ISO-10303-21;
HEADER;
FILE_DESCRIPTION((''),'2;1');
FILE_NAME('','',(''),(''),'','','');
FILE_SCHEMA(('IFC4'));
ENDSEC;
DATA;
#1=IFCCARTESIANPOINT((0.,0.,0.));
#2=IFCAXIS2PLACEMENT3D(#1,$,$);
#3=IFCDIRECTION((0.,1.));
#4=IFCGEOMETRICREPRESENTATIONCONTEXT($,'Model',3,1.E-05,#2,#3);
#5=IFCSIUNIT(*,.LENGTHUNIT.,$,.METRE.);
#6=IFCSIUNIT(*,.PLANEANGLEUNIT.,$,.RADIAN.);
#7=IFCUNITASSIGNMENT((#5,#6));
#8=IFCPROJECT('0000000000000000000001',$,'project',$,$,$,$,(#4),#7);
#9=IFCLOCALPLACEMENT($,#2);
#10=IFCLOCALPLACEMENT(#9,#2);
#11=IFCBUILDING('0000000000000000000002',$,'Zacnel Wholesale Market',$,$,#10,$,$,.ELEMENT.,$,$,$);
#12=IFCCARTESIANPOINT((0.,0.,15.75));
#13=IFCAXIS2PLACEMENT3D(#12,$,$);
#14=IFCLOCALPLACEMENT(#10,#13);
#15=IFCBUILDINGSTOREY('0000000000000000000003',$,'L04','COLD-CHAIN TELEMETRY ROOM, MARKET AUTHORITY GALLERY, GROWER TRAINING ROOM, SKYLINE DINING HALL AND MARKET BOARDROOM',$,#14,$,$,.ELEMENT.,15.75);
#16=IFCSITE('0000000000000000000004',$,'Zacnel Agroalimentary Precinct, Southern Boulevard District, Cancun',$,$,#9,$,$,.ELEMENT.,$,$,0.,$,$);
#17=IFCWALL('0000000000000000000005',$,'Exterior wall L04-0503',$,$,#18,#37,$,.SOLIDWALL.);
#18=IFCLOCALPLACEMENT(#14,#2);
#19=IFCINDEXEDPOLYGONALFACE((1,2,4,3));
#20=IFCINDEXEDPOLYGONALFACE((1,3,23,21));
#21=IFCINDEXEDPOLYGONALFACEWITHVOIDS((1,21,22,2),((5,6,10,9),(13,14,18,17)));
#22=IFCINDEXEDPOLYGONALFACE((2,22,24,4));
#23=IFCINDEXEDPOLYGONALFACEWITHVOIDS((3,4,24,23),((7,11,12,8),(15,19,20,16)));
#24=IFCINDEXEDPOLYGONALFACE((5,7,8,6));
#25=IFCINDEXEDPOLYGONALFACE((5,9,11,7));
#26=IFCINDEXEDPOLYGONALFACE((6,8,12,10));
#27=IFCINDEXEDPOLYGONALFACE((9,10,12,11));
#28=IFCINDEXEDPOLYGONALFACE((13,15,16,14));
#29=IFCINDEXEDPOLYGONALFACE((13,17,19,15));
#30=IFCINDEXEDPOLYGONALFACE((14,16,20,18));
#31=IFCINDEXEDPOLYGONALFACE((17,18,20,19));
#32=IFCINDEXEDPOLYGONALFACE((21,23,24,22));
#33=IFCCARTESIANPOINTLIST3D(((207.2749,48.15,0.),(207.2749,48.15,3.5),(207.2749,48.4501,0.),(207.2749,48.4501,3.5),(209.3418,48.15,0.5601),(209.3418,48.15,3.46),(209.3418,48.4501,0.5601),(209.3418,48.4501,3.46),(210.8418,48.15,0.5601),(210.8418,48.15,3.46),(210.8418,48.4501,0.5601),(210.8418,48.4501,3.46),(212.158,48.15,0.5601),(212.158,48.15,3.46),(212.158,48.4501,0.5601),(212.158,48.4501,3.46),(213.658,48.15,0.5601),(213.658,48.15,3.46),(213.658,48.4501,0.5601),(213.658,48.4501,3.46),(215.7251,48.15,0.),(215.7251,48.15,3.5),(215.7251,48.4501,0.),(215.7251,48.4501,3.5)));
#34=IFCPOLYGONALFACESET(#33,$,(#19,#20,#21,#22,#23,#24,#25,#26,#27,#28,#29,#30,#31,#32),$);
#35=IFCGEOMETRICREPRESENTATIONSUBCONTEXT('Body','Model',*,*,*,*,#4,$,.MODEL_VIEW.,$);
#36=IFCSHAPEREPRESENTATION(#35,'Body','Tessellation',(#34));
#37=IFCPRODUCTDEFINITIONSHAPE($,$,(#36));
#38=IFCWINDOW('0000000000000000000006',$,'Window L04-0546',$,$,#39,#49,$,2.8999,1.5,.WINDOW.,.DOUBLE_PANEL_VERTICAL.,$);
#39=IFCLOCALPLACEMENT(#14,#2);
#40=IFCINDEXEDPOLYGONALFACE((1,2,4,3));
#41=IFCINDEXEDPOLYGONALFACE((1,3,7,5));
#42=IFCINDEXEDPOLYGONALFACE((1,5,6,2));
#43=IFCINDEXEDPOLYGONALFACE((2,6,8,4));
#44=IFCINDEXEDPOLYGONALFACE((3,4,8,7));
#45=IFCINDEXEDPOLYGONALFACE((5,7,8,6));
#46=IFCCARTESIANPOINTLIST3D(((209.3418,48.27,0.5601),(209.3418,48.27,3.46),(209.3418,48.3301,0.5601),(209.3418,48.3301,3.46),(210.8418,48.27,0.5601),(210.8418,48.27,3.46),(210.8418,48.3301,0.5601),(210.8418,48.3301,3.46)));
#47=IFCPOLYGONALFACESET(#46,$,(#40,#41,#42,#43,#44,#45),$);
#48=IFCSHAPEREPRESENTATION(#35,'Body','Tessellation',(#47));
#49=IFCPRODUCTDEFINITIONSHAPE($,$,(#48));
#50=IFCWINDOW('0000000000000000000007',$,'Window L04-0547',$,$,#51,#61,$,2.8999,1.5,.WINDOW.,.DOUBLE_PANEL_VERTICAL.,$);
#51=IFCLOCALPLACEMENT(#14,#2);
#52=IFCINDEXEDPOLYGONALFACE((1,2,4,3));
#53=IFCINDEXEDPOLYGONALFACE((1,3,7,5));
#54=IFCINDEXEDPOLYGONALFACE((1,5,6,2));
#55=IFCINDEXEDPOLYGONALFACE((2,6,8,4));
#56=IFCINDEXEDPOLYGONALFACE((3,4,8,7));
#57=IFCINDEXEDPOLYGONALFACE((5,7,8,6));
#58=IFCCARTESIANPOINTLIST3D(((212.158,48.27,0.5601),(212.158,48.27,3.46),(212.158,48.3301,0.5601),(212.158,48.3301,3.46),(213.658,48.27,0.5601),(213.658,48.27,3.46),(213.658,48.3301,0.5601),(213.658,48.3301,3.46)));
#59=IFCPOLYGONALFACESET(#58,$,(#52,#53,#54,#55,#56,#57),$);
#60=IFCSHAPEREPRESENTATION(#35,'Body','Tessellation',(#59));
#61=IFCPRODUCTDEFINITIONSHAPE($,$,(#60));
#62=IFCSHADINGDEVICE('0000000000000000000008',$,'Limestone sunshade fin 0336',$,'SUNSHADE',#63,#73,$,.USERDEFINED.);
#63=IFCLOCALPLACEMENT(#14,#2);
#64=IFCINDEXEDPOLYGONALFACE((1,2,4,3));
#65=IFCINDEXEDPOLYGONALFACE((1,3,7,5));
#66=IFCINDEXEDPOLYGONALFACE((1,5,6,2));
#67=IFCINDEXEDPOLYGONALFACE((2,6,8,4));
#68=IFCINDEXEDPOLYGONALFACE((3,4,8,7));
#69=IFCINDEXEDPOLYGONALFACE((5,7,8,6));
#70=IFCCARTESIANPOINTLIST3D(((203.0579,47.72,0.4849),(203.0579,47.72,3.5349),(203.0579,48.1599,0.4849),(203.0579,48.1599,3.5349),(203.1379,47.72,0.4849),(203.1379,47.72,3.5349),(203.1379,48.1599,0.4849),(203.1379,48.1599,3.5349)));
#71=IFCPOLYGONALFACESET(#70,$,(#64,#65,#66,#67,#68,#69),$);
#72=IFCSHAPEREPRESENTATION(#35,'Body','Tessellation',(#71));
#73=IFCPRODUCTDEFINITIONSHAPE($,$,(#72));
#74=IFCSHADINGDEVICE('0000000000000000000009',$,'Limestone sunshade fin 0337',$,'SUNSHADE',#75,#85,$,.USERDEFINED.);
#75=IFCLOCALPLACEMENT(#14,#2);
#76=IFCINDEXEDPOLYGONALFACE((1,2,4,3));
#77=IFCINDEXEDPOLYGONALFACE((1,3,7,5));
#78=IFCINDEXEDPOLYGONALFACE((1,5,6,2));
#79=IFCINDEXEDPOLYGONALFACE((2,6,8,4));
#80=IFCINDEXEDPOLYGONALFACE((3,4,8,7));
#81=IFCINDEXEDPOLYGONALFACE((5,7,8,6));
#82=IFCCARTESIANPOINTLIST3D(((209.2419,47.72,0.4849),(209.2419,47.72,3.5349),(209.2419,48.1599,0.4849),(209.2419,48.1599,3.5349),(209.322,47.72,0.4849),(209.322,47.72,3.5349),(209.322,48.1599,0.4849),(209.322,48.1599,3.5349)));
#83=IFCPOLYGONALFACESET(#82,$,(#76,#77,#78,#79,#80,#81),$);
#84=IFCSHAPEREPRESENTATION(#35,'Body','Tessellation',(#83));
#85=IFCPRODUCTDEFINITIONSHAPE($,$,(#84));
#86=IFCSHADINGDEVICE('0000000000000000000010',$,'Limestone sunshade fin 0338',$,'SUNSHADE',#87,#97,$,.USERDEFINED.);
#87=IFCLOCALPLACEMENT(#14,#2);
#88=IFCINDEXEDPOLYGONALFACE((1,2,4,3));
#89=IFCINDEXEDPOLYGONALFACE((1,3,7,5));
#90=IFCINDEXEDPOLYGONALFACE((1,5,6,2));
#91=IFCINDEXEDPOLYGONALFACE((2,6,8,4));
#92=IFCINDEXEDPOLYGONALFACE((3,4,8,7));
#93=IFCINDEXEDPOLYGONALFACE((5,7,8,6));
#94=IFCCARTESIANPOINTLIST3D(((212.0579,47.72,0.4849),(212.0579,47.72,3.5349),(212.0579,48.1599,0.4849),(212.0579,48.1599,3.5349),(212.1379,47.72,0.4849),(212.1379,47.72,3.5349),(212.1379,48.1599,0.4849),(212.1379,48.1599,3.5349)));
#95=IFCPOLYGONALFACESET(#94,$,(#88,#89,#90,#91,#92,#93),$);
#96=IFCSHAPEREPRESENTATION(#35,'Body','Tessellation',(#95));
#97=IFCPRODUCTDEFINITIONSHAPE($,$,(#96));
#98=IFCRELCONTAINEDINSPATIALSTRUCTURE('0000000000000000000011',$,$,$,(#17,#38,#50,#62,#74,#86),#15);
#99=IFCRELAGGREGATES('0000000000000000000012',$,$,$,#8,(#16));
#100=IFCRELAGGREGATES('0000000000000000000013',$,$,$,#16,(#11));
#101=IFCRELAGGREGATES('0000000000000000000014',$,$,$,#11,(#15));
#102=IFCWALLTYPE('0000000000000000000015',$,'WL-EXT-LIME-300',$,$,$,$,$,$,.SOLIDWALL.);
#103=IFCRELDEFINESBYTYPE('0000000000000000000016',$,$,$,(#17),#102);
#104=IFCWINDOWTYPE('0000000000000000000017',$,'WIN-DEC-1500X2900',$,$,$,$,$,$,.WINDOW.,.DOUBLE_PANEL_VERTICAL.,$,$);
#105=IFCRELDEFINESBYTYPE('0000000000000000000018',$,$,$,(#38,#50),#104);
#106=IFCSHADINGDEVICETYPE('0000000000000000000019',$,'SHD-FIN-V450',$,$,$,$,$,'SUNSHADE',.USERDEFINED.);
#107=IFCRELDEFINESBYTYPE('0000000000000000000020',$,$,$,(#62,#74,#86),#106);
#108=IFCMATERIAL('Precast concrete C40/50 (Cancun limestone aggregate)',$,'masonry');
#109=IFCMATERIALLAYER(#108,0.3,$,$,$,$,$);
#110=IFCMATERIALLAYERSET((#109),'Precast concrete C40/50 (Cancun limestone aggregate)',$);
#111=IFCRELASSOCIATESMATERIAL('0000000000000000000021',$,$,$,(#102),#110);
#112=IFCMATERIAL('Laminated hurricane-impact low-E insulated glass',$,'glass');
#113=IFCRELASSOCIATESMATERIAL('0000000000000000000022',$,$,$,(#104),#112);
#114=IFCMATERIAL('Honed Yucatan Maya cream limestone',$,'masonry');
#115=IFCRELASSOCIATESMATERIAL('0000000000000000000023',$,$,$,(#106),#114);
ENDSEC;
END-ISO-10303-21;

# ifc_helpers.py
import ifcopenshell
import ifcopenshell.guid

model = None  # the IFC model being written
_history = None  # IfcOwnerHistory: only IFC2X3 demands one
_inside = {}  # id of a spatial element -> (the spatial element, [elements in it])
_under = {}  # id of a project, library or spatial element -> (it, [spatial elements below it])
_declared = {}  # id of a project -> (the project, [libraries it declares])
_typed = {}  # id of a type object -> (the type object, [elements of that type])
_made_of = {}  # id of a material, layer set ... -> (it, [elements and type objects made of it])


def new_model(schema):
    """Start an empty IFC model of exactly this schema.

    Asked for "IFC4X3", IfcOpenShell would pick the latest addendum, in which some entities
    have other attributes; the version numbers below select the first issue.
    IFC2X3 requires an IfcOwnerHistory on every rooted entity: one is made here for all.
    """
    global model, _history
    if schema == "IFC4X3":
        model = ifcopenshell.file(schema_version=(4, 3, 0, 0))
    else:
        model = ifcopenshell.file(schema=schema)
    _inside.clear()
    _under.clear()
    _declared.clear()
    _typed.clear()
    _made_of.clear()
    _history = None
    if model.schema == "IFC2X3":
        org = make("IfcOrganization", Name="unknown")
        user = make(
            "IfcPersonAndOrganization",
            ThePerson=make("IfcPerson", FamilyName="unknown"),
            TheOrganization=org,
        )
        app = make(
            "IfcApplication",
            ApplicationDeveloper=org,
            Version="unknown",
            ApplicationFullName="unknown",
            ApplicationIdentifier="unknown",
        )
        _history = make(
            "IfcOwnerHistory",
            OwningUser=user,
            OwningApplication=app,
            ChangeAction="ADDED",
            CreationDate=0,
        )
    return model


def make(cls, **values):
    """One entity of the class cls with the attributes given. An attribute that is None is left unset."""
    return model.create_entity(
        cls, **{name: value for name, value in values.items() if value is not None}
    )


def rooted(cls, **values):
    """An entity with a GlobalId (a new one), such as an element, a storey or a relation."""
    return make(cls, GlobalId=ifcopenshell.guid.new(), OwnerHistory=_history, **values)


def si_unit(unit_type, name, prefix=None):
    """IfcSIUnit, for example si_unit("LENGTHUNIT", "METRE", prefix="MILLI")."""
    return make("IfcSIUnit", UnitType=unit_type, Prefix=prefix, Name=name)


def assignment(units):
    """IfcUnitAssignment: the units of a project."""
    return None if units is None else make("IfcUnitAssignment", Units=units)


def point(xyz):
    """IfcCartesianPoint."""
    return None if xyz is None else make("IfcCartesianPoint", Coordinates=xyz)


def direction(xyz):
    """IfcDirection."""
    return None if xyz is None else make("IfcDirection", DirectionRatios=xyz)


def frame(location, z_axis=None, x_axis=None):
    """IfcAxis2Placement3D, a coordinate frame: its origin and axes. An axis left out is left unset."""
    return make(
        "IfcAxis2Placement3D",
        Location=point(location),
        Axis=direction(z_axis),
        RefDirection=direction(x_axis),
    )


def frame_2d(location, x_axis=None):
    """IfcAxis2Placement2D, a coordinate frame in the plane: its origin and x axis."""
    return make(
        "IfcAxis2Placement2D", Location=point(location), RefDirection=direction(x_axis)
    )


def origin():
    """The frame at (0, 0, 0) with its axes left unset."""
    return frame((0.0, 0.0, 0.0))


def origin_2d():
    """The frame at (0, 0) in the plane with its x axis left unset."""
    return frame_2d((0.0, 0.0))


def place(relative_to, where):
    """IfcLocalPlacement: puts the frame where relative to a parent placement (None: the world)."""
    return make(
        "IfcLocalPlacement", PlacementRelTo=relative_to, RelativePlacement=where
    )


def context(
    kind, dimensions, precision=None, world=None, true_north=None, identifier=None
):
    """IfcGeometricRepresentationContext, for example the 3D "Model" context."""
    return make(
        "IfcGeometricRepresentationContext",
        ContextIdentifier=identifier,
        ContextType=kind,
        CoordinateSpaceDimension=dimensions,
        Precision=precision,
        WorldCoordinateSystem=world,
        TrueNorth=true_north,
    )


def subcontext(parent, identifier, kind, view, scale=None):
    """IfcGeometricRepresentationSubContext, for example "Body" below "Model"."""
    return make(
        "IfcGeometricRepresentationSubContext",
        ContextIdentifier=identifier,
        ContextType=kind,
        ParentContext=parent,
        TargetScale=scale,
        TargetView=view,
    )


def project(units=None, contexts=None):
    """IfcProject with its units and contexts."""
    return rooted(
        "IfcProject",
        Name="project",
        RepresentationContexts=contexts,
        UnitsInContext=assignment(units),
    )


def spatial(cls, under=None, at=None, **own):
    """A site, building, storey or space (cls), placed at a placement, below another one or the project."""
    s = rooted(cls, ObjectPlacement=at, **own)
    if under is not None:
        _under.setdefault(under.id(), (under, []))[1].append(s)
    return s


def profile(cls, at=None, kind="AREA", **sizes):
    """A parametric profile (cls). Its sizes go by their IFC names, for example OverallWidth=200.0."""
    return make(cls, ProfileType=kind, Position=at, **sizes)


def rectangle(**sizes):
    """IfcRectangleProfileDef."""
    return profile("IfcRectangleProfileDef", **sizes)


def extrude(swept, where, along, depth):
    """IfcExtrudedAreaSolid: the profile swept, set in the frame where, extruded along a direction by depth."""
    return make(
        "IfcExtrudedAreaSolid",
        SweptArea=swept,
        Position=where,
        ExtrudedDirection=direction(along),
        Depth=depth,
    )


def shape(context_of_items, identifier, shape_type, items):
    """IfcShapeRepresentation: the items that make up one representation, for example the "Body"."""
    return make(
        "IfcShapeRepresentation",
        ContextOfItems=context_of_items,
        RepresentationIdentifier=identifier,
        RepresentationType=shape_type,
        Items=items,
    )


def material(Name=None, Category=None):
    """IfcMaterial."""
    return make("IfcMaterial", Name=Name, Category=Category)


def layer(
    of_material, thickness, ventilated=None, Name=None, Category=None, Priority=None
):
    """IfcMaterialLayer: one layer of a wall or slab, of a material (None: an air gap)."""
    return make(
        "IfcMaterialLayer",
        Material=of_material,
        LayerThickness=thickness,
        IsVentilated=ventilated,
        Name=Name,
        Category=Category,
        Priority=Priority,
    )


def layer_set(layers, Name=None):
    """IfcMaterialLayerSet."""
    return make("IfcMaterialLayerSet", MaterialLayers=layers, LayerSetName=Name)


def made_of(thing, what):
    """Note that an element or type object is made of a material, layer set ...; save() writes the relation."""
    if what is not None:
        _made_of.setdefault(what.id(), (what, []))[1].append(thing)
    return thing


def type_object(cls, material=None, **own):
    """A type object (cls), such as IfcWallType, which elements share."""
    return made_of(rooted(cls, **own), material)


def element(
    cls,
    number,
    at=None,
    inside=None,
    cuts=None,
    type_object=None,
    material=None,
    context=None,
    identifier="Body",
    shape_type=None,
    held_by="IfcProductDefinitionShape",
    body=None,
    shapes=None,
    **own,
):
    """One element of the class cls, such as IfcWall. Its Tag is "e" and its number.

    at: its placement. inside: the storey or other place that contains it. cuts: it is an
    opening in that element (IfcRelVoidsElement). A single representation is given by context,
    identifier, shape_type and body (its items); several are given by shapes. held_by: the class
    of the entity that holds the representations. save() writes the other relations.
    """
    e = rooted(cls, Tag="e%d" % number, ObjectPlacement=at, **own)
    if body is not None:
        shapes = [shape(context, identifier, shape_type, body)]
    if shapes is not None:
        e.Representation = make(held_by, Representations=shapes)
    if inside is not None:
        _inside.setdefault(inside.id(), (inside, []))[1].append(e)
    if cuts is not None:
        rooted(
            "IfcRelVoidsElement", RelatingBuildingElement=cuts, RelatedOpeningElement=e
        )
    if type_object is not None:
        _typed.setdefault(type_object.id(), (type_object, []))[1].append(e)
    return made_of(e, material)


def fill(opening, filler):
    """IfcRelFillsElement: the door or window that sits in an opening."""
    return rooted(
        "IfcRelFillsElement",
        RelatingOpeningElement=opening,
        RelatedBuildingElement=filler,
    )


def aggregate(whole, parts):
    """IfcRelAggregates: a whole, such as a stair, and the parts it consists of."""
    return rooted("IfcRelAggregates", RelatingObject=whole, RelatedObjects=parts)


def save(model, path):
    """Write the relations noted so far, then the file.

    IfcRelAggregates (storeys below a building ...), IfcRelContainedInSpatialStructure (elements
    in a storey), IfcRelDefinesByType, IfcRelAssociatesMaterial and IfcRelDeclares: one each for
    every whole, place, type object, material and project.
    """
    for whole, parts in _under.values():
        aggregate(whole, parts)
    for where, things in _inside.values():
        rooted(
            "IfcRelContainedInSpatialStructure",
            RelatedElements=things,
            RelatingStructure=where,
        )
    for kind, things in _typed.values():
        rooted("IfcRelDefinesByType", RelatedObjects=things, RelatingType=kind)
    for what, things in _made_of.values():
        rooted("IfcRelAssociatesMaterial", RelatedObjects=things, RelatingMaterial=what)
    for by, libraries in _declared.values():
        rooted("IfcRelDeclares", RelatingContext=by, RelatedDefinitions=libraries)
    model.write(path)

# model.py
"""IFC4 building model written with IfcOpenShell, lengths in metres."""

from ifc_helpers import new_model, si_unit, direction, frame, frame_2d, origin, origin_2d, place, context, subcontext, project, spatial, rectangle, extrude, material, layer, layer_set, type_object, element, fill, save


model = new_model("IFC4")

# Units and contexts
model_context = context("Model", 3, precision=1e-05, world=origin(), true_north=direction((0.0, 1.0)))
body_context = subcontext(model_context, "Body", "Model", "MODEL_VIEW")
ifc_project = project(units=[si_unit("LENGTHUNIT", "METRE"), si_unit("PLANEANGLEUNIT", "RADIAN")], contexts=[model_context])

# Site, building, storey
site_placement = place(None, origin())
site = spatial("IfcSite", under=ifc_project, at=site_placement, Name="Zacnel Agroalimentary Precinct, Southern Boulevard District, Cancun", CompositionType="ELEMENT", RefElevation=0.0)
building_placement = place(site_placement, origin())
building = spatial("IfcBuilding", under=site, at=building_placement, Name="Zacnel Wholesale Market", CompositionType="ELEMENT")
storey_placement = place(building_placement, frame((0.0, 0.0, 15.75)))
storey = spatial("IfcBuildingStorey", under=building, at=storey_placement, Name="L04", Description="COLD-CHAIN TELEMETRY ROOM, MARKET AUTHORITY GALLERY, GROWER TRAINING ROOM, SKYLINE DINING HALL AND MARKET BOARDROOM", CompositionType="ELEMENT", Elevation=15.75)

# Wall, openings, windows
ifc_material_1 = material(Name="Precast concrete C40/50 (Cancun limestone aggregate)", Category="masonry")
ifc_layer = layer(ifc_material_1, 0.3)
ifc_layer_set = layer_set([ifc_layer], Name="Precast concrete C40/50 (Cancun limestone aggregate)")
wall_type = type_object("IfcWallType", Name="WL-EXT-LIME-300", PredefinedType="SOLIDWALL", material=ifc_layer_set)
wall_placement = place(storey_placement, frame((207.2749, 48.3, 0.0), z_axis=(0.0, 0.0, 1.0), x_axis=(1.0, 0.0, 0.0)))
wall = element("IfcWall", 1, at=wall_placement, inside=storey, type_object=wall_type, Name="Exterior wall L04-0503", PredefinedType="SOLIDWALL", context=body_context, shape_type="SweptSolid", body=[
    extrude(rectangle(XDim=8.4502, YDim=0.3, at=frame_2d((4.2251, 0.0))), origin(), (0.0, 0.0, 1.0), 3.5),
])
opening_1_placement = place(wall_placement, frame((2.0669, 0.0, 0.5601)))
opening_1 = element("IfcOpeningElement", 2, at=opening_1_placement, cuts=wall, PredefinedType="OPENING", context=body_context, shape_type="SweptSolid", body=[
    extrude(rectangle(XDim=1.5, YDim=2.8999, at=frame_2d((0.75, 1.45))), frame((0.0, 0.1599, 0.0), z_axis=(0.0, -1.0, 0.0), x_axis=(1.0, 0.0, 0.0)), (0.0, 0.0, 1.0), 0.3201),
])
opening_2_placement = place(wall_placement, frame((4.8831, 0.0, 0.5601)))
opening_2 = element("IfcOpeningElement", 3, at=opening_2_placement, cuts=wall, PredefinedType="OPENING", context=body_context, shape_type="SweptSolid", body=[
    extrude(rectangle(XDim=1.5, YDim=2.8999, at=frame_2d((0.75, 1.45))), frame((0.0, 0.1599, 0.0), z_axis=(0.0, -1.0, 0.0), x_axis=(1.0, 0.0, 0.0)), (0.0, 0.0, 1.0), 0.3201),
])
ifc_material_2 = material(Name="Laminated hurricane-impact low-E insulated glass", Category="glass")
window_type = type_object("IfcWindowType", Name="WIN-DEC-1500X2900", PartitioningType="DOUBLE_PANEL_VERTICAL", PredefinedType="WINDOW", material=ifc_material_2)
window_1_placement = place(opening_1_placement, origin())
window_1 = element("IfcWindow", 4, at=window_1_placement, inside=storey, type_object=window_type, Name="Window L04-0546", OverallHeight=2.8999, OverallWidth=1.5, PartitioningType="DOUBLE_PANEL_VERTICAL", PredefinedType="WINDOW", context=body_context, shape_type="SweptSolid", body=[
    extrude(rectangle(XDim=1.5, YDim=2.8999, at=frame_2d((0.75, 1.45))), frame((0.0, 0.03, 0.0), z_axis=(0.0, -1.0, 0.0), x_axis=(1.0, 0.0, 0.0)), (0.0, 0.0, 1.0), 0.0601),
])
fill(opening_1, window_1)
window_2_placement = place(opening_2_placement, origin())
window_2 = element("IfcWindow", 5, at=window_2_placement, inside=storey, type_object=window_type, Name="Window L04-0547", OverallHeight=2.8999, OverallWidth=1.5, PartitioningType="DOUBLE_PANEL_VERTICAL", PredefinedType="WINDOW", context=body_context, shape_type="SweptSolid", body=[
    extrude(rectangle(XDim=1.5, YDim=2.8999, at=frame_2d((0.75, 1.45))), frame((0.0, 0.03, 0.0), z_axis=(0.0, -1.0, 0.0), x_axis=(1.0, 0.0, 0.0)), (0.0, 0.0, 1.0), 0.0601),
])
fill(opening_2, window_2)

# Shading devices
ifc_material_3 = material(Name="Honed Yucatan Maya cream limestone", Category="masonry")
shading_device_type = type_object("IfcShadingDeviceType", Name="SHD-FIN-V450", ElementType="SUNSHADE", PredefinedType="USERDEFINED", material=ifc_material_3)
for number, where, z_axis, x_axis, name in (
    (6, (203.0979, 47.9399, 0.4849), (0.0, 0.0, 1.0), (1.0, 0.0, 0.0), "Limestone sunshade fin 0336"),
    (7, (209.282, 47.9399, 0.4849), (0.0, 0.0, 1.0), (1.0, 0.0, 0.0), "Limestone sunshade fin 0337"),
    (8, (212.0979, 47.9399, 0.4849), (0.0, 0.0, 1.0), (1.0, 0.0, 0.0), "Limestone sunshade fin 0338"),
):
    element("IfcShadingDevice", number, at=place(storey_placement, frame(where, z_axis=z_axis, x_axis=x_axis)), inside=storey, type_object=shading_device_type, Name=name, ObjectType="SUNSHADE", PredefinedType="USERDEFINED", context=body_context, shape_type="SweptSolid", body=[
        extrude(rectangle(XDim=0.0801, YDim=0.4399, at=origin_2d()), origin(), (0.0, 0.0, 1.0), 3.05),
    ])

save(model, "model.ifc")
